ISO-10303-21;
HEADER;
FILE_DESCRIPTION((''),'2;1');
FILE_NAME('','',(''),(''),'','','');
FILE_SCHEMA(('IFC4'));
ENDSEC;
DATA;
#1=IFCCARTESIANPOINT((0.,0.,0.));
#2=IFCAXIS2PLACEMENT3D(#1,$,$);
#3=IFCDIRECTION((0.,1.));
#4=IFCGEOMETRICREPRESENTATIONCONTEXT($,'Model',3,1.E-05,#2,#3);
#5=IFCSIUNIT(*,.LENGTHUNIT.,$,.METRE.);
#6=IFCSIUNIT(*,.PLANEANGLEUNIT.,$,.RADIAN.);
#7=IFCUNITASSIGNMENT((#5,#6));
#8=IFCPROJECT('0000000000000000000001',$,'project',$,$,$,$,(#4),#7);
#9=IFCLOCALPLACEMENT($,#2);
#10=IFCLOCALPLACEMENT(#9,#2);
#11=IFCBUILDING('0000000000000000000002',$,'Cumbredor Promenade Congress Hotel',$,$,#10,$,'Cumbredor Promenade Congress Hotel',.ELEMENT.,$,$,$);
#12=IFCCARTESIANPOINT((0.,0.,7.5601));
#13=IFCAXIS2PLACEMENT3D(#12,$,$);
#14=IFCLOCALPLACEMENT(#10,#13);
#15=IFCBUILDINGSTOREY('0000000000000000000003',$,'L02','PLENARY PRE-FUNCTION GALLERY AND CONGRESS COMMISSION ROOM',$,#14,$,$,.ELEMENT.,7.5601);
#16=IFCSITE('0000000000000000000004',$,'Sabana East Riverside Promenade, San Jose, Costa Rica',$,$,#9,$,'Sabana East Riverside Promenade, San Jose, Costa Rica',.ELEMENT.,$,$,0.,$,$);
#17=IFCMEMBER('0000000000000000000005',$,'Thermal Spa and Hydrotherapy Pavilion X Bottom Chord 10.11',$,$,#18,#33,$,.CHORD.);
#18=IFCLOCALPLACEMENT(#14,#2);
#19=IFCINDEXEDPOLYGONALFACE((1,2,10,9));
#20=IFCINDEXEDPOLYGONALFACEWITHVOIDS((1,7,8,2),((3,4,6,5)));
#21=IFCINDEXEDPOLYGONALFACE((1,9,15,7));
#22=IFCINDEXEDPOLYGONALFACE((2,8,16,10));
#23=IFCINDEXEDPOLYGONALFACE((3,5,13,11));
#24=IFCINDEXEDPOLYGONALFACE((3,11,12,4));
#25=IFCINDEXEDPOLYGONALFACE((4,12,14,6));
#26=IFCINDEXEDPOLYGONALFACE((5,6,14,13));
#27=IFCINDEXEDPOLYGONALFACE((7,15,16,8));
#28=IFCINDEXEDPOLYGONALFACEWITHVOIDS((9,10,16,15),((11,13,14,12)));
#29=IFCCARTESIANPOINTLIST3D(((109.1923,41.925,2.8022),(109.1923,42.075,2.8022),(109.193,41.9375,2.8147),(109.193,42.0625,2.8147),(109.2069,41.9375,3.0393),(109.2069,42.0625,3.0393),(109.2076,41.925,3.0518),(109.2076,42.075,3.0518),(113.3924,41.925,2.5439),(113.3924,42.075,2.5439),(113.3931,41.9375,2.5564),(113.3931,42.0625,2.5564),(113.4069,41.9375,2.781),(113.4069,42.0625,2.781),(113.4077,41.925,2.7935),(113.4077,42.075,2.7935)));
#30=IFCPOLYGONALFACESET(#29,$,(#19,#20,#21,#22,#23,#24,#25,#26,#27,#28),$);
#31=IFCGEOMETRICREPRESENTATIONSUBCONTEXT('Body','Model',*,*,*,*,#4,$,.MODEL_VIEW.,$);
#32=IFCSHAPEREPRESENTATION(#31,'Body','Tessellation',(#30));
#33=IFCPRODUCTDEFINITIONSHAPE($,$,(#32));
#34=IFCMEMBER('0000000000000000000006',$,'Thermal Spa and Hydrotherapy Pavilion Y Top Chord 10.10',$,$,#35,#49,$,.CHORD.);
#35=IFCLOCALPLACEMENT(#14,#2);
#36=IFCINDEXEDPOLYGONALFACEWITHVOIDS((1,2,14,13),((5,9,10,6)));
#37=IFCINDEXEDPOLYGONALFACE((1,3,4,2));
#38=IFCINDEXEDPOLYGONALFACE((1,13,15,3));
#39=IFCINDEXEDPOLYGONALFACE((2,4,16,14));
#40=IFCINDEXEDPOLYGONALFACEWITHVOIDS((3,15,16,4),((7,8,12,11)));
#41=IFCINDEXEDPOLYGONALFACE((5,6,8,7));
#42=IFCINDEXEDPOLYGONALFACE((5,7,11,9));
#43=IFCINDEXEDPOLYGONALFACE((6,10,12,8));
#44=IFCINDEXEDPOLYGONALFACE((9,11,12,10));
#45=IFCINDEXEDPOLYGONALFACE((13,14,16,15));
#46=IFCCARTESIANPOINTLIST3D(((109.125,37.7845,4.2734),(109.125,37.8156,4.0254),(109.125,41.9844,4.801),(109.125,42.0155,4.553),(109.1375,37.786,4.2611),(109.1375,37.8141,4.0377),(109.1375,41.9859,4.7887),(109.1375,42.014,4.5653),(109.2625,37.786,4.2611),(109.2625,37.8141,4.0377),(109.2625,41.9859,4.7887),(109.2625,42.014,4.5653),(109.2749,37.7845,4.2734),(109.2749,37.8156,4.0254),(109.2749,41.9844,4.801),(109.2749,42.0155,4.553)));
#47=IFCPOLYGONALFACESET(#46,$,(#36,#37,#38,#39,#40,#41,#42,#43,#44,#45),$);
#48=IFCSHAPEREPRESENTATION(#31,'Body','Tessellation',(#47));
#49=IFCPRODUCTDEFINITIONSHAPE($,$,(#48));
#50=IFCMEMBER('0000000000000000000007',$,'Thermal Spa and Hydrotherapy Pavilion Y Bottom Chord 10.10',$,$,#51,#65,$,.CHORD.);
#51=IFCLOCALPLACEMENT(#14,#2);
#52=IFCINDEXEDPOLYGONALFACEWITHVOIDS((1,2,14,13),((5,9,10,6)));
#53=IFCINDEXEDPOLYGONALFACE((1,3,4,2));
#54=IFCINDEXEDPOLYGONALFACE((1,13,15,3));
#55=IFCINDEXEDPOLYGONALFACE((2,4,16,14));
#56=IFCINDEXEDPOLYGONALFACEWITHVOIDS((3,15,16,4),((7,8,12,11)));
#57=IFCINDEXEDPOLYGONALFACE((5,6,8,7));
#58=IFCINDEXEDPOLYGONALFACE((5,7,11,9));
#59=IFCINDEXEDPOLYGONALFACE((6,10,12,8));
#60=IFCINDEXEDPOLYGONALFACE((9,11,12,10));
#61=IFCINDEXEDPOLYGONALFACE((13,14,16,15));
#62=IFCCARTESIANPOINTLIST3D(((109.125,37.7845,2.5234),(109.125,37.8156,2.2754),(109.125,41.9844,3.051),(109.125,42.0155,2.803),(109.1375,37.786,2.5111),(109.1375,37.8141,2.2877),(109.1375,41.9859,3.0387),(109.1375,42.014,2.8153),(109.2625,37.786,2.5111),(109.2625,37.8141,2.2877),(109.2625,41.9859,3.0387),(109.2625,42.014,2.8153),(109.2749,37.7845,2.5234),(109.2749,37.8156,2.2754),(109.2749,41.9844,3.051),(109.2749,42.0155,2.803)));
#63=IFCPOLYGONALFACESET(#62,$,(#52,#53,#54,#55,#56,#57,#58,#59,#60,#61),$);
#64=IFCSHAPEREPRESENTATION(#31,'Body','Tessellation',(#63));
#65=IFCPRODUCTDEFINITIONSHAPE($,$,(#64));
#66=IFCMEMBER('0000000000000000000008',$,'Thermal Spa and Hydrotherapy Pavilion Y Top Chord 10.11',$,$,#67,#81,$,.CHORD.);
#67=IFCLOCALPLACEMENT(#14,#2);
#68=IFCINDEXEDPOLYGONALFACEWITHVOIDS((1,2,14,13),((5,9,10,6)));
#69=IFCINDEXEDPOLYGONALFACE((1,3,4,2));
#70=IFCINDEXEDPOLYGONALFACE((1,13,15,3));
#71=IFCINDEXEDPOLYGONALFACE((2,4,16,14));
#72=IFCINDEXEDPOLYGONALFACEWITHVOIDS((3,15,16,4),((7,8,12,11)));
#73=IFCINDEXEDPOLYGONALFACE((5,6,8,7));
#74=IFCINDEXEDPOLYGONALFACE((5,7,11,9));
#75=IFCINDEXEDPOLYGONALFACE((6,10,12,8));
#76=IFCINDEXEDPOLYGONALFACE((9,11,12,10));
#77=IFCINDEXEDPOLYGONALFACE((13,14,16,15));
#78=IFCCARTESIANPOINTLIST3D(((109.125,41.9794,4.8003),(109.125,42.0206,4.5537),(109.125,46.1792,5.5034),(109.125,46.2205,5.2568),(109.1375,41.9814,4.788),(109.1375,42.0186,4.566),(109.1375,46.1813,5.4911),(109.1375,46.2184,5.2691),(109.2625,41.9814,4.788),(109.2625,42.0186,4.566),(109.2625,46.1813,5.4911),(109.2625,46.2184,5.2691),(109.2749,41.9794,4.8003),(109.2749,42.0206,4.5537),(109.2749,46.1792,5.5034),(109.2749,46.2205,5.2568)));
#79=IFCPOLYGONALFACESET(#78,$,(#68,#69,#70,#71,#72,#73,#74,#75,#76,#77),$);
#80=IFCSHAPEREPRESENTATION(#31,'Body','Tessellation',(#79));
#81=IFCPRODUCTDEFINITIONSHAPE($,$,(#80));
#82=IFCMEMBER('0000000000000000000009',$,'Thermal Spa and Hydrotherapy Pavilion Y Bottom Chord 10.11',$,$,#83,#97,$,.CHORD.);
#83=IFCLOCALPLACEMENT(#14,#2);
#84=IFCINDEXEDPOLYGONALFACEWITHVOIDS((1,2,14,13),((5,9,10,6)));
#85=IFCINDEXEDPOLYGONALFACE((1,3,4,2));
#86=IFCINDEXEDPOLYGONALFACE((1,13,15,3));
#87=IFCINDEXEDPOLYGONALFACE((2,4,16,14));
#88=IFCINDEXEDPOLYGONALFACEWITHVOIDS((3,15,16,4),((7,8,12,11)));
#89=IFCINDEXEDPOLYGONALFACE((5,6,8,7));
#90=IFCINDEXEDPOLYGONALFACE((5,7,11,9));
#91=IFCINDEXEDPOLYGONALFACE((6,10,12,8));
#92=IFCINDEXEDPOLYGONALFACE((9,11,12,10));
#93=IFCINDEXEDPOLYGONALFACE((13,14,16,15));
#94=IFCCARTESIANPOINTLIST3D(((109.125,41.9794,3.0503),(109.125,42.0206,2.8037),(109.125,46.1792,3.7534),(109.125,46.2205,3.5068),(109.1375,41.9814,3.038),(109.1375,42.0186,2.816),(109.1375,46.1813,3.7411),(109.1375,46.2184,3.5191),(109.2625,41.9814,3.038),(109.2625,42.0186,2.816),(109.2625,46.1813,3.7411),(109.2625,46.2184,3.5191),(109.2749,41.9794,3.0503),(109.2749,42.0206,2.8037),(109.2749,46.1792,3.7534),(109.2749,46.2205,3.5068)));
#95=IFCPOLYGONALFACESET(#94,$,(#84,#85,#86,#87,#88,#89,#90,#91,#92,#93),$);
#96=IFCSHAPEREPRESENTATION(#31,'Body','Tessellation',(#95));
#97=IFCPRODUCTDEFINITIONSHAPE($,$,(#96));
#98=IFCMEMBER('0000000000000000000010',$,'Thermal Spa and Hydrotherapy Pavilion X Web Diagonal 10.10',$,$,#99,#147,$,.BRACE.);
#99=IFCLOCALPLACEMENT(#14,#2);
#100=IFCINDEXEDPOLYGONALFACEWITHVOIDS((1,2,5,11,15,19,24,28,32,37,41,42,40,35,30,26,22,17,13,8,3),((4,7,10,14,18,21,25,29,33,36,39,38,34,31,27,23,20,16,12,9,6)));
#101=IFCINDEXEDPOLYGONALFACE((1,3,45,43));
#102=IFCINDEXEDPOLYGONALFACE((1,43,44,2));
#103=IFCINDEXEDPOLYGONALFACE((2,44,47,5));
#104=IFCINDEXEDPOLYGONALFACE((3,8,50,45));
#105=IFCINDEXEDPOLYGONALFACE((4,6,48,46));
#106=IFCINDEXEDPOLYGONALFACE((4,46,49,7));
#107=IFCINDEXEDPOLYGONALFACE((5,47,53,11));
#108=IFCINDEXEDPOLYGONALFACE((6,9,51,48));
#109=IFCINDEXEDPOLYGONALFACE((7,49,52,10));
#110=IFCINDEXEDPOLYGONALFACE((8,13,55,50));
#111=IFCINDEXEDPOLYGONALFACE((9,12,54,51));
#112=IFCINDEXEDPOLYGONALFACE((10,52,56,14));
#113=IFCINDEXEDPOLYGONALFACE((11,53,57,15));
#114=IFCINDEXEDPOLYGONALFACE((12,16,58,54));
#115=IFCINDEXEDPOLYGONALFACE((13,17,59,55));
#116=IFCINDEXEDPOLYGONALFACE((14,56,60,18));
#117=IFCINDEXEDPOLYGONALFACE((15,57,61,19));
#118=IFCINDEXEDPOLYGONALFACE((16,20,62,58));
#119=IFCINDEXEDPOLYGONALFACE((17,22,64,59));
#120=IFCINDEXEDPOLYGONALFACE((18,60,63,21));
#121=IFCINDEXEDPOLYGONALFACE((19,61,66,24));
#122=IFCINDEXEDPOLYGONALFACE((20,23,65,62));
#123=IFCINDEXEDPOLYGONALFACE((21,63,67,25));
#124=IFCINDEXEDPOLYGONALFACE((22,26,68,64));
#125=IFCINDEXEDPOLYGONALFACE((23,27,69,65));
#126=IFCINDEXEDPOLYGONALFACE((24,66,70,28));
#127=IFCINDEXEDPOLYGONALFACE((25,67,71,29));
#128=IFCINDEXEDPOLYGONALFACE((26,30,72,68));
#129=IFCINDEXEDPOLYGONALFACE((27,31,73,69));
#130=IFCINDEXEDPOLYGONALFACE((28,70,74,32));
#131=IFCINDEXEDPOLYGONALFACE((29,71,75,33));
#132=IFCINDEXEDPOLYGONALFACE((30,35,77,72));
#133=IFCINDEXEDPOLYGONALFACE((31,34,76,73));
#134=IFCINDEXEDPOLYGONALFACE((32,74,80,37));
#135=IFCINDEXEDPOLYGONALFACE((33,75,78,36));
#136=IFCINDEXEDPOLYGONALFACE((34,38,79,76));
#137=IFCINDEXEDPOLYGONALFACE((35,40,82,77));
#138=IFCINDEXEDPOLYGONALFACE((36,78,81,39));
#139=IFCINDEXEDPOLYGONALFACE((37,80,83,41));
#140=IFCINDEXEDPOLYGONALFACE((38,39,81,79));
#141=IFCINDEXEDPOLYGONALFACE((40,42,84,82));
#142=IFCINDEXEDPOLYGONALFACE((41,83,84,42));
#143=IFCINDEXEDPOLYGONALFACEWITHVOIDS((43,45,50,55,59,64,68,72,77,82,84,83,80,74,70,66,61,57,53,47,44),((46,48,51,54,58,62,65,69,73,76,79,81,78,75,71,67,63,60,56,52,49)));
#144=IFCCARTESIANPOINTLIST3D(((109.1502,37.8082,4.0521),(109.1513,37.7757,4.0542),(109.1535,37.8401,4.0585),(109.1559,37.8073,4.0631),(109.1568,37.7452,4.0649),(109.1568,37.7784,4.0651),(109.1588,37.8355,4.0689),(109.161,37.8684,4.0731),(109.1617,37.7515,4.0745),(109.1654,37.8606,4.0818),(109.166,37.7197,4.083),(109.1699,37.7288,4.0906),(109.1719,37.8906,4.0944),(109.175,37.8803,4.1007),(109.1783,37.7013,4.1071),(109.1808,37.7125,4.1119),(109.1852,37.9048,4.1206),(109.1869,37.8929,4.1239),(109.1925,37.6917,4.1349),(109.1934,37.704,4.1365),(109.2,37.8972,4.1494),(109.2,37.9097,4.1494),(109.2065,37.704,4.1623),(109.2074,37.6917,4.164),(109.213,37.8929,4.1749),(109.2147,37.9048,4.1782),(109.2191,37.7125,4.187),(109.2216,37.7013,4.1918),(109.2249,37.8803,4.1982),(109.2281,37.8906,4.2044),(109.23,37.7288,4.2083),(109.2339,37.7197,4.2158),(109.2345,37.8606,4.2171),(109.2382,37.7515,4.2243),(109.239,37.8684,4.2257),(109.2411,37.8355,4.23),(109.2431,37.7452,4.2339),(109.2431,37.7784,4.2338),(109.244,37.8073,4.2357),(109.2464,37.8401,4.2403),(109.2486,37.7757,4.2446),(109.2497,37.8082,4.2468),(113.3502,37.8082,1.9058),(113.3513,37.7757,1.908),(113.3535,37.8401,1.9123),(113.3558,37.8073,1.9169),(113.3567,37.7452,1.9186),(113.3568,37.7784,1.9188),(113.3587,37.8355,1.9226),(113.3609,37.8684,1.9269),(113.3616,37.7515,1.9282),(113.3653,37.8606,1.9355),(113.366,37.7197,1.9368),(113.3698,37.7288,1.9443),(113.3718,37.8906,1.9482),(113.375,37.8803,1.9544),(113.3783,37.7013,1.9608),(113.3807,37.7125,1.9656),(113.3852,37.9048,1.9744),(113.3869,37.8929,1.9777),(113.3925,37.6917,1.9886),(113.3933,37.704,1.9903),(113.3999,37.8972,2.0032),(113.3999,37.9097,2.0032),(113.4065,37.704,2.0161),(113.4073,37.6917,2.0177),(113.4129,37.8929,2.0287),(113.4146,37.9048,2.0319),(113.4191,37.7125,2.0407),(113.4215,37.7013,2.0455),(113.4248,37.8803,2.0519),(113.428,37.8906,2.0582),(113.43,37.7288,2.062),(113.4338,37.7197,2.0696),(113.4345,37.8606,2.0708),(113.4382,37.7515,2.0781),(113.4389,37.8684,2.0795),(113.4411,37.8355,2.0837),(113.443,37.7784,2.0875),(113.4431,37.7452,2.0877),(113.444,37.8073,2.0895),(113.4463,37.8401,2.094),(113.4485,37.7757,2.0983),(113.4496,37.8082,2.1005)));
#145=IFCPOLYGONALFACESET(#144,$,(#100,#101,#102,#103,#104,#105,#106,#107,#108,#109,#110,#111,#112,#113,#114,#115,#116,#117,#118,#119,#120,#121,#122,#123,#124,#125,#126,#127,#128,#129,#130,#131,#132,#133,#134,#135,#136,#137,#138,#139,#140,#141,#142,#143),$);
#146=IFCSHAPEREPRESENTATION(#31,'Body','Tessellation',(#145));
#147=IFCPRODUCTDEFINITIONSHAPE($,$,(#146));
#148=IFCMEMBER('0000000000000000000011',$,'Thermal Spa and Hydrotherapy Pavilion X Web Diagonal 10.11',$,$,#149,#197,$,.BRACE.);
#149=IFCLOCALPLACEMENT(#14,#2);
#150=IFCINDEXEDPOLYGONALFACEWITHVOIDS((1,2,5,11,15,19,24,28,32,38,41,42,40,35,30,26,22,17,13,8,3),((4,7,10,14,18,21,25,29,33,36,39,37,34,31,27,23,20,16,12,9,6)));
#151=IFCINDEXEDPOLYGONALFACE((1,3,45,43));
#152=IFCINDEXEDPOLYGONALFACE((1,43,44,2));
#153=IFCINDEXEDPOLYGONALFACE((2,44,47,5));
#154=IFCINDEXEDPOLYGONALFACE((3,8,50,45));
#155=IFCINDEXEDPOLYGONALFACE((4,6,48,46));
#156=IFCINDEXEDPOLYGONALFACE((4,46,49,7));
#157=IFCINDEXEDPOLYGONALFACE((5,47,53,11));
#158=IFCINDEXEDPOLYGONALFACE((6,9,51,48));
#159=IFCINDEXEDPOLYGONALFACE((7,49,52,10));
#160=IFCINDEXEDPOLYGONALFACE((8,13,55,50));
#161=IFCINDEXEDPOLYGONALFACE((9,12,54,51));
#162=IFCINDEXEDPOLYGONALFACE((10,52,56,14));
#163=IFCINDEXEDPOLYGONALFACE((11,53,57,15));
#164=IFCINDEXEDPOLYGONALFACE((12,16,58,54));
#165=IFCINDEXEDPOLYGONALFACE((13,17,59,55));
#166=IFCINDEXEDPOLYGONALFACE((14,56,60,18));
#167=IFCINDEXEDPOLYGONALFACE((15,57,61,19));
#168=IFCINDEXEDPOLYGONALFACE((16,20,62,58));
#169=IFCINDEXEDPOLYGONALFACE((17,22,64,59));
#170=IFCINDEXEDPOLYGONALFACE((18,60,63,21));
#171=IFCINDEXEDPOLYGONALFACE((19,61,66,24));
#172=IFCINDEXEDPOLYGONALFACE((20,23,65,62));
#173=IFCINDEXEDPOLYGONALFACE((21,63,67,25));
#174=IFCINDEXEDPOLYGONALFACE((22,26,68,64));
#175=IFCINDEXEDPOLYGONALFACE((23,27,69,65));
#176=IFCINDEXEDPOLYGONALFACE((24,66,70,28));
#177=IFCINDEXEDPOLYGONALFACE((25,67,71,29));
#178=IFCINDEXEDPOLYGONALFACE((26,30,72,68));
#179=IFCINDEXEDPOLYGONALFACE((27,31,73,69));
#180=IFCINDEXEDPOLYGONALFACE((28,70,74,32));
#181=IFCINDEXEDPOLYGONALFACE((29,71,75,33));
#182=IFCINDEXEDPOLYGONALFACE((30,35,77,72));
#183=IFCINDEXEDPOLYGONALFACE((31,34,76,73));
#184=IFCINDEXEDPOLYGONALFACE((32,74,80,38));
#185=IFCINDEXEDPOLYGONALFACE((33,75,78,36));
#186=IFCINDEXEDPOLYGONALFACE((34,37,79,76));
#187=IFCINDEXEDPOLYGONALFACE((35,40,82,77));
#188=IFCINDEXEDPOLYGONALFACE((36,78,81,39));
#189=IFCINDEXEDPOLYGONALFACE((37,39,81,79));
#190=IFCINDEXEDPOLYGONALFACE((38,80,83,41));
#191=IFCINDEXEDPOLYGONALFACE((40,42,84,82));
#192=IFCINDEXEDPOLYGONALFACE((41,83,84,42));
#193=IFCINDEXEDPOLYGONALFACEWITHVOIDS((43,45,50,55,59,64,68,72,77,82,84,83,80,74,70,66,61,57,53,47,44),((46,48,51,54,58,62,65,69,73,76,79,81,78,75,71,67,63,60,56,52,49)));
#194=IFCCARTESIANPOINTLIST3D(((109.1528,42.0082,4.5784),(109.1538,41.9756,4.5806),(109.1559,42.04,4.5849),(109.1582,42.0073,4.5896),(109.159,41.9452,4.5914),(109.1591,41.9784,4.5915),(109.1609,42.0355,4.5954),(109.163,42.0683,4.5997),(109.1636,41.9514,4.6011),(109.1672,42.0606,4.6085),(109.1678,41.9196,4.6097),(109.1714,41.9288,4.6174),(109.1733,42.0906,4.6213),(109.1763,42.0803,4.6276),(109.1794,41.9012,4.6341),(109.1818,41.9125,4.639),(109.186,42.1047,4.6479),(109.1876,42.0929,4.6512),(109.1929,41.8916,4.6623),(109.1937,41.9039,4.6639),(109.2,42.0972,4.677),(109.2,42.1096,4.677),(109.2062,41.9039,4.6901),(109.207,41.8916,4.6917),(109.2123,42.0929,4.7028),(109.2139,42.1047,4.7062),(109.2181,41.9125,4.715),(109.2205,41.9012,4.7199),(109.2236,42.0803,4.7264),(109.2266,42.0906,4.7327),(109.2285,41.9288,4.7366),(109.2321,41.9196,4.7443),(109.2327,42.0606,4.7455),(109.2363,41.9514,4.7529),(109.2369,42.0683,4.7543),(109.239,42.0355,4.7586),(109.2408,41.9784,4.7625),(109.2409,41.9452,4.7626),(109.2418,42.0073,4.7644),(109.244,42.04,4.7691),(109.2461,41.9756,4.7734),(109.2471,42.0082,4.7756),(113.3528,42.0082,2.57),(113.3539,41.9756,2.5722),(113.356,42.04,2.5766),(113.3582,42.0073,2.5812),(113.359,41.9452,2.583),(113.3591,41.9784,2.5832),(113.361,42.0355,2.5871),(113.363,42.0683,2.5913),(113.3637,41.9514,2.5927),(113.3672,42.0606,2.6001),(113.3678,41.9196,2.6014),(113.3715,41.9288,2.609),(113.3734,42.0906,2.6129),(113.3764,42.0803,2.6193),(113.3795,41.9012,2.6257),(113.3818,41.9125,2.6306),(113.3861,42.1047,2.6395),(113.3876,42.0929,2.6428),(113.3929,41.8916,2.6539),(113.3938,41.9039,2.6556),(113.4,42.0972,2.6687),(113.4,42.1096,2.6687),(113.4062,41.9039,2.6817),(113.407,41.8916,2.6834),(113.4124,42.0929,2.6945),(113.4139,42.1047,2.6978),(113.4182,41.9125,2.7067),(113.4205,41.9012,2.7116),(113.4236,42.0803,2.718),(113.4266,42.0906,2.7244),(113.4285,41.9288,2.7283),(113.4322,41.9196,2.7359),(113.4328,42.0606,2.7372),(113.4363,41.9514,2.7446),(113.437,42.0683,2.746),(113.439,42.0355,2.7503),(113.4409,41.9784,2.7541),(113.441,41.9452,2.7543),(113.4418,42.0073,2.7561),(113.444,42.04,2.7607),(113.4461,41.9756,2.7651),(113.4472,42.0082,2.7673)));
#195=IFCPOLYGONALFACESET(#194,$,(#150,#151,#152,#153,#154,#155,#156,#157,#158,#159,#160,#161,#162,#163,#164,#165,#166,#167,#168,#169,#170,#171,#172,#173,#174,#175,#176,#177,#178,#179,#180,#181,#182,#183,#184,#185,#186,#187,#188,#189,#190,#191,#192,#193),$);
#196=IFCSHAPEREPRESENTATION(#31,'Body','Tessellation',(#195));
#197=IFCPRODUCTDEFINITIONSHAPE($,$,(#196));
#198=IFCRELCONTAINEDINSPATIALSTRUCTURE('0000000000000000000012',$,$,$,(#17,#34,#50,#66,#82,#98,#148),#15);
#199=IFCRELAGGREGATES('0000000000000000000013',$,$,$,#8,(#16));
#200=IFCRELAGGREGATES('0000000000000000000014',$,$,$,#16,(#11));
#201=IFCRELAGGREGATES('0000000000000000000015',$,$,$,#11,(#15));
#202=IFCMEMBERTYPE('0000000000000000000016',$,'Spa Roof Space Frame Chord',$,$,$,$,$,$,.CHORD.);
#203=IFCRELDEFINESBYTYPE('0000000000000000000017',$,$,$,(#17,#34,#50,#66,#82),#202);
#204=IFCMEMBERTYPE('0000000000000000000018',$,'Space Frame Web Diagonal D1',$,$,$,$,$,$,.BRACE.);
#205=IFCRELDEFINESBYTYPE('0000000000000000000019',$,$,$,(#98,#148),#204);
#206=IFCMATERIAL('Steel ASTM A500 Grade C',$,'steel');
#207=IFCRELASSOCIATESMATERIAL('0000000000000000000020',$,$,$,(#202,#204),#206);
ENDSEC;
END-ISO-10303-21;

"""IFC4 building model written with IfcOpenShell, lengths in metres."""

from ifc_helpers import new_model, si_unit, direction, frame, origin, origin_2d, place, context, subcontext, project, spatial, hollow_rectangle, hollow_circle, extrude, material, material_profile, profile_set, type_object, element, save


model = new_model("IFC4")

# Units and contexts
model_context = context("Model", 3, precision=1e-05, world=origin(), true_north=direction((0.0, 1.0)))
body_context = subcontext(model_context, "Body", "Model", "MODEL_VIEW")
ifc_project = project(units=[si_unit("LENGTHUNIT", "METRE"), si_unit("PLANEANGLEUNIT", "RADIAN")], contexts=[model_context])

# Site, building, storey
site_placement = place(None, origin())
site = spatial("IfcSite", under=ifc_project, at=site_placement, Name="Sabana East Riverside Promenade, San Jose, Costa Rica", LongName="Sabana East Riverside Promenade, San Jose, Costa Rica", CompositionType="ELEMENT", RefElevation=0.0)
building_placement = place(site_placement, origin())
building = spatial("IfcBuilding", under=site, at=building_placement, Name="Cumbredor Promenade Congress Hotel", LongName="Cumbredor Promenade Congress Hotel", CompositionType="ELEMENT")
storey_placement = place(building_placement, frame((0.0, 0.0, 7.5601)))
storey = spatial("IfcBuildingStorey", under=building, at=storey_placement, Name="L02", Description="PLENARY PRE-FUNCTION GALLERY AND CONGRESS COMMISSION ROOM", CompositionType="ELEMENT", Elevation=7.5601)

# Members
ifc_material_1 = material(Name="Steel ASTM A500 Grade C", Category="steel")
ifc_material_profile_1 = material_profile(ifc_material_1, hollow_rectangle(XDim=0.1499, YDim=0.25, WallThickness=0.0125, at=origin_2d()), Name="HSS 250x150x12.5")
ifc_profile_set_1 = profile_set([ifc_material_profile_1], Name="Steel ASTM A500 Grade C")
member_type_1 = type_object("IfcMemberType", Name="Spa Roof Space Frame Chord", PredefinedType="CHORD", material=ifc_profile_set_1)
for number, where, z_axis, x_axis, name in (
    (1, (109.2, 42.0, 2.927), (0.998114, 0.0, -0.061385), (0.0, 1.0, 0.0), "Thermal Spa and Hydrotherapy Pavilion X Bottom Chord 10.11"),
):
    element("IfcMember", number, at=place(storey_placement, frame(where, z_axis=z_axis, x_axis=x_axis)), inside=storey, type_object=member_type_1, Name=name, PredefinedType="CHORD", context=body_context, shape_type="SweptSolid", body=[
        extrude(hollow_rectangle(XDim=0.1499, YDim=0.25, WallThickness=0.0125, at=origin_2d()), origin(), (0.0, 0.0, 1.0), 4.208),
    ])
for number, where, z_axis, x_axis, name in (
    (2, (109.2, 37.8, 4.1494), (0.0, 0.992202, 0.124638), (-1.0, 0.0, 0.0), "Thermal Spa and Hydrotherapy Pavilion Y Top Chord 10.10"),
    (3, (109.2, 37.8, 2.3994), (0.0, 0.992202, 0.124638), (-1.0, 0.0, 0.0), "Thermal Spa and Hydrotherapy Pavilion Y Bottom Chord 10.10"),
):
    element("IfcMember", number, at=place(storey_placement, frame(where, z_axis=z_axis, x_axis=x_axis)), inside=storey, type_object=member_type_1, Name=name, PredefinedType="CHORD", context=body_context, shape_type="SweptSolid", body=[
        extrude(hollow_rectangle(XDim=0.1499, YDim=0.25, WallThickness=0.0125, at=origin_2d()), origin(), (0.0, 0.0, 1.0), 4.2329),
    ])
for number, where, z_axis, x_axis, name in (
    (4, (109.2, 42.0, 4.677), (0.0, 0.986274, 0.165115), (-1.0, 0.0, 0.0), "Thermal Spa and Hydrotherapy Pavilion Y Top Chord 10.11"),
    (5, (109.2, 42.0, 2.927), (0.0, 0.986274, 0.165115), (-1.0, 0.0, 0.0), "Thermal Spa and Hydrotherapy Pavilion Y Bottom Chord 10.11"),
):
    element("IfcMember", number, at=place(storey_placement, frame(where, z_axis=z_axis, x_axis=x_axis)), inside=storey, type_object=member_type_1, Name=name, PredefinedType="CHORD", context=body_context, shape_type="SweptSolid", body=[
        extrude(hollow_rectangle(XDim=0.1499, YDim=0.25, WallThickness=0.0125, at=origin_2d()), origin(), (0.0, 0.0, 1.0), 4.2583),
    ])
ifc_material_profile_2 = material_profile(ifc_material_1, hollow_circle(Radius=0.1096, WallThickness=0.0125, at=origin_2d()), Name="CHS 219.1x12.5")
ifc_profile_set_2 = profile_set([ifc_material_profile_2], Name="Steel ASTM A500 Grade C")
member_type_2 = type_object("IfcMemberType", Name="Space Frame Web Diagonal D1", PredefinedType="BRACE", material=ifc_profile_set_2)
member_1_placement = place(storey_placement, frame((109.2, 37.8, 4.1494), z_axis=(0.890469, 0.0, -0.455044), x_axis=(0.0, 1.0, 0.0)))
element("IfcMember", 6, at=member_1_placement, inside=storey, type_object=member_type_2, Name="Thermal Spa and Hydrotherapy Pavilion X Web Diagonal 10.10", PredefinedType="BRACE", context=body_context, shape_type="SweptSolid", body=[
    extrude(hollow_circle(Radius=0.1096, WallThickness=0.0125, at=origin_2d()), origin(), (0.0, 0.0, 1.0), 4.7166),
])
member_2_placement = place(storey_placement, frame((109.2, 42.0, 4.677), z_axis=(0.902165, 0.0, -0.431391), x_axis=(0.0, 1.0, 0.0)))
element("IfcMember", 7, at=member_2_placement, inside=storey, type_object=member_type_2, Name="Thermal Spa and Hydrotherapy Pavilion X Web Diagonal 10.11", PredefinedType="BRACE", context=body_context, shape_type="SweptSolid", body=[
    extrude(hollow_circle(Radius=0.1096, WallThickness=0.0125, at=origin_2d()), origin(), (0.0, 0.0, 1.0), 4.6555),
])

save(model, "model.ifc")
